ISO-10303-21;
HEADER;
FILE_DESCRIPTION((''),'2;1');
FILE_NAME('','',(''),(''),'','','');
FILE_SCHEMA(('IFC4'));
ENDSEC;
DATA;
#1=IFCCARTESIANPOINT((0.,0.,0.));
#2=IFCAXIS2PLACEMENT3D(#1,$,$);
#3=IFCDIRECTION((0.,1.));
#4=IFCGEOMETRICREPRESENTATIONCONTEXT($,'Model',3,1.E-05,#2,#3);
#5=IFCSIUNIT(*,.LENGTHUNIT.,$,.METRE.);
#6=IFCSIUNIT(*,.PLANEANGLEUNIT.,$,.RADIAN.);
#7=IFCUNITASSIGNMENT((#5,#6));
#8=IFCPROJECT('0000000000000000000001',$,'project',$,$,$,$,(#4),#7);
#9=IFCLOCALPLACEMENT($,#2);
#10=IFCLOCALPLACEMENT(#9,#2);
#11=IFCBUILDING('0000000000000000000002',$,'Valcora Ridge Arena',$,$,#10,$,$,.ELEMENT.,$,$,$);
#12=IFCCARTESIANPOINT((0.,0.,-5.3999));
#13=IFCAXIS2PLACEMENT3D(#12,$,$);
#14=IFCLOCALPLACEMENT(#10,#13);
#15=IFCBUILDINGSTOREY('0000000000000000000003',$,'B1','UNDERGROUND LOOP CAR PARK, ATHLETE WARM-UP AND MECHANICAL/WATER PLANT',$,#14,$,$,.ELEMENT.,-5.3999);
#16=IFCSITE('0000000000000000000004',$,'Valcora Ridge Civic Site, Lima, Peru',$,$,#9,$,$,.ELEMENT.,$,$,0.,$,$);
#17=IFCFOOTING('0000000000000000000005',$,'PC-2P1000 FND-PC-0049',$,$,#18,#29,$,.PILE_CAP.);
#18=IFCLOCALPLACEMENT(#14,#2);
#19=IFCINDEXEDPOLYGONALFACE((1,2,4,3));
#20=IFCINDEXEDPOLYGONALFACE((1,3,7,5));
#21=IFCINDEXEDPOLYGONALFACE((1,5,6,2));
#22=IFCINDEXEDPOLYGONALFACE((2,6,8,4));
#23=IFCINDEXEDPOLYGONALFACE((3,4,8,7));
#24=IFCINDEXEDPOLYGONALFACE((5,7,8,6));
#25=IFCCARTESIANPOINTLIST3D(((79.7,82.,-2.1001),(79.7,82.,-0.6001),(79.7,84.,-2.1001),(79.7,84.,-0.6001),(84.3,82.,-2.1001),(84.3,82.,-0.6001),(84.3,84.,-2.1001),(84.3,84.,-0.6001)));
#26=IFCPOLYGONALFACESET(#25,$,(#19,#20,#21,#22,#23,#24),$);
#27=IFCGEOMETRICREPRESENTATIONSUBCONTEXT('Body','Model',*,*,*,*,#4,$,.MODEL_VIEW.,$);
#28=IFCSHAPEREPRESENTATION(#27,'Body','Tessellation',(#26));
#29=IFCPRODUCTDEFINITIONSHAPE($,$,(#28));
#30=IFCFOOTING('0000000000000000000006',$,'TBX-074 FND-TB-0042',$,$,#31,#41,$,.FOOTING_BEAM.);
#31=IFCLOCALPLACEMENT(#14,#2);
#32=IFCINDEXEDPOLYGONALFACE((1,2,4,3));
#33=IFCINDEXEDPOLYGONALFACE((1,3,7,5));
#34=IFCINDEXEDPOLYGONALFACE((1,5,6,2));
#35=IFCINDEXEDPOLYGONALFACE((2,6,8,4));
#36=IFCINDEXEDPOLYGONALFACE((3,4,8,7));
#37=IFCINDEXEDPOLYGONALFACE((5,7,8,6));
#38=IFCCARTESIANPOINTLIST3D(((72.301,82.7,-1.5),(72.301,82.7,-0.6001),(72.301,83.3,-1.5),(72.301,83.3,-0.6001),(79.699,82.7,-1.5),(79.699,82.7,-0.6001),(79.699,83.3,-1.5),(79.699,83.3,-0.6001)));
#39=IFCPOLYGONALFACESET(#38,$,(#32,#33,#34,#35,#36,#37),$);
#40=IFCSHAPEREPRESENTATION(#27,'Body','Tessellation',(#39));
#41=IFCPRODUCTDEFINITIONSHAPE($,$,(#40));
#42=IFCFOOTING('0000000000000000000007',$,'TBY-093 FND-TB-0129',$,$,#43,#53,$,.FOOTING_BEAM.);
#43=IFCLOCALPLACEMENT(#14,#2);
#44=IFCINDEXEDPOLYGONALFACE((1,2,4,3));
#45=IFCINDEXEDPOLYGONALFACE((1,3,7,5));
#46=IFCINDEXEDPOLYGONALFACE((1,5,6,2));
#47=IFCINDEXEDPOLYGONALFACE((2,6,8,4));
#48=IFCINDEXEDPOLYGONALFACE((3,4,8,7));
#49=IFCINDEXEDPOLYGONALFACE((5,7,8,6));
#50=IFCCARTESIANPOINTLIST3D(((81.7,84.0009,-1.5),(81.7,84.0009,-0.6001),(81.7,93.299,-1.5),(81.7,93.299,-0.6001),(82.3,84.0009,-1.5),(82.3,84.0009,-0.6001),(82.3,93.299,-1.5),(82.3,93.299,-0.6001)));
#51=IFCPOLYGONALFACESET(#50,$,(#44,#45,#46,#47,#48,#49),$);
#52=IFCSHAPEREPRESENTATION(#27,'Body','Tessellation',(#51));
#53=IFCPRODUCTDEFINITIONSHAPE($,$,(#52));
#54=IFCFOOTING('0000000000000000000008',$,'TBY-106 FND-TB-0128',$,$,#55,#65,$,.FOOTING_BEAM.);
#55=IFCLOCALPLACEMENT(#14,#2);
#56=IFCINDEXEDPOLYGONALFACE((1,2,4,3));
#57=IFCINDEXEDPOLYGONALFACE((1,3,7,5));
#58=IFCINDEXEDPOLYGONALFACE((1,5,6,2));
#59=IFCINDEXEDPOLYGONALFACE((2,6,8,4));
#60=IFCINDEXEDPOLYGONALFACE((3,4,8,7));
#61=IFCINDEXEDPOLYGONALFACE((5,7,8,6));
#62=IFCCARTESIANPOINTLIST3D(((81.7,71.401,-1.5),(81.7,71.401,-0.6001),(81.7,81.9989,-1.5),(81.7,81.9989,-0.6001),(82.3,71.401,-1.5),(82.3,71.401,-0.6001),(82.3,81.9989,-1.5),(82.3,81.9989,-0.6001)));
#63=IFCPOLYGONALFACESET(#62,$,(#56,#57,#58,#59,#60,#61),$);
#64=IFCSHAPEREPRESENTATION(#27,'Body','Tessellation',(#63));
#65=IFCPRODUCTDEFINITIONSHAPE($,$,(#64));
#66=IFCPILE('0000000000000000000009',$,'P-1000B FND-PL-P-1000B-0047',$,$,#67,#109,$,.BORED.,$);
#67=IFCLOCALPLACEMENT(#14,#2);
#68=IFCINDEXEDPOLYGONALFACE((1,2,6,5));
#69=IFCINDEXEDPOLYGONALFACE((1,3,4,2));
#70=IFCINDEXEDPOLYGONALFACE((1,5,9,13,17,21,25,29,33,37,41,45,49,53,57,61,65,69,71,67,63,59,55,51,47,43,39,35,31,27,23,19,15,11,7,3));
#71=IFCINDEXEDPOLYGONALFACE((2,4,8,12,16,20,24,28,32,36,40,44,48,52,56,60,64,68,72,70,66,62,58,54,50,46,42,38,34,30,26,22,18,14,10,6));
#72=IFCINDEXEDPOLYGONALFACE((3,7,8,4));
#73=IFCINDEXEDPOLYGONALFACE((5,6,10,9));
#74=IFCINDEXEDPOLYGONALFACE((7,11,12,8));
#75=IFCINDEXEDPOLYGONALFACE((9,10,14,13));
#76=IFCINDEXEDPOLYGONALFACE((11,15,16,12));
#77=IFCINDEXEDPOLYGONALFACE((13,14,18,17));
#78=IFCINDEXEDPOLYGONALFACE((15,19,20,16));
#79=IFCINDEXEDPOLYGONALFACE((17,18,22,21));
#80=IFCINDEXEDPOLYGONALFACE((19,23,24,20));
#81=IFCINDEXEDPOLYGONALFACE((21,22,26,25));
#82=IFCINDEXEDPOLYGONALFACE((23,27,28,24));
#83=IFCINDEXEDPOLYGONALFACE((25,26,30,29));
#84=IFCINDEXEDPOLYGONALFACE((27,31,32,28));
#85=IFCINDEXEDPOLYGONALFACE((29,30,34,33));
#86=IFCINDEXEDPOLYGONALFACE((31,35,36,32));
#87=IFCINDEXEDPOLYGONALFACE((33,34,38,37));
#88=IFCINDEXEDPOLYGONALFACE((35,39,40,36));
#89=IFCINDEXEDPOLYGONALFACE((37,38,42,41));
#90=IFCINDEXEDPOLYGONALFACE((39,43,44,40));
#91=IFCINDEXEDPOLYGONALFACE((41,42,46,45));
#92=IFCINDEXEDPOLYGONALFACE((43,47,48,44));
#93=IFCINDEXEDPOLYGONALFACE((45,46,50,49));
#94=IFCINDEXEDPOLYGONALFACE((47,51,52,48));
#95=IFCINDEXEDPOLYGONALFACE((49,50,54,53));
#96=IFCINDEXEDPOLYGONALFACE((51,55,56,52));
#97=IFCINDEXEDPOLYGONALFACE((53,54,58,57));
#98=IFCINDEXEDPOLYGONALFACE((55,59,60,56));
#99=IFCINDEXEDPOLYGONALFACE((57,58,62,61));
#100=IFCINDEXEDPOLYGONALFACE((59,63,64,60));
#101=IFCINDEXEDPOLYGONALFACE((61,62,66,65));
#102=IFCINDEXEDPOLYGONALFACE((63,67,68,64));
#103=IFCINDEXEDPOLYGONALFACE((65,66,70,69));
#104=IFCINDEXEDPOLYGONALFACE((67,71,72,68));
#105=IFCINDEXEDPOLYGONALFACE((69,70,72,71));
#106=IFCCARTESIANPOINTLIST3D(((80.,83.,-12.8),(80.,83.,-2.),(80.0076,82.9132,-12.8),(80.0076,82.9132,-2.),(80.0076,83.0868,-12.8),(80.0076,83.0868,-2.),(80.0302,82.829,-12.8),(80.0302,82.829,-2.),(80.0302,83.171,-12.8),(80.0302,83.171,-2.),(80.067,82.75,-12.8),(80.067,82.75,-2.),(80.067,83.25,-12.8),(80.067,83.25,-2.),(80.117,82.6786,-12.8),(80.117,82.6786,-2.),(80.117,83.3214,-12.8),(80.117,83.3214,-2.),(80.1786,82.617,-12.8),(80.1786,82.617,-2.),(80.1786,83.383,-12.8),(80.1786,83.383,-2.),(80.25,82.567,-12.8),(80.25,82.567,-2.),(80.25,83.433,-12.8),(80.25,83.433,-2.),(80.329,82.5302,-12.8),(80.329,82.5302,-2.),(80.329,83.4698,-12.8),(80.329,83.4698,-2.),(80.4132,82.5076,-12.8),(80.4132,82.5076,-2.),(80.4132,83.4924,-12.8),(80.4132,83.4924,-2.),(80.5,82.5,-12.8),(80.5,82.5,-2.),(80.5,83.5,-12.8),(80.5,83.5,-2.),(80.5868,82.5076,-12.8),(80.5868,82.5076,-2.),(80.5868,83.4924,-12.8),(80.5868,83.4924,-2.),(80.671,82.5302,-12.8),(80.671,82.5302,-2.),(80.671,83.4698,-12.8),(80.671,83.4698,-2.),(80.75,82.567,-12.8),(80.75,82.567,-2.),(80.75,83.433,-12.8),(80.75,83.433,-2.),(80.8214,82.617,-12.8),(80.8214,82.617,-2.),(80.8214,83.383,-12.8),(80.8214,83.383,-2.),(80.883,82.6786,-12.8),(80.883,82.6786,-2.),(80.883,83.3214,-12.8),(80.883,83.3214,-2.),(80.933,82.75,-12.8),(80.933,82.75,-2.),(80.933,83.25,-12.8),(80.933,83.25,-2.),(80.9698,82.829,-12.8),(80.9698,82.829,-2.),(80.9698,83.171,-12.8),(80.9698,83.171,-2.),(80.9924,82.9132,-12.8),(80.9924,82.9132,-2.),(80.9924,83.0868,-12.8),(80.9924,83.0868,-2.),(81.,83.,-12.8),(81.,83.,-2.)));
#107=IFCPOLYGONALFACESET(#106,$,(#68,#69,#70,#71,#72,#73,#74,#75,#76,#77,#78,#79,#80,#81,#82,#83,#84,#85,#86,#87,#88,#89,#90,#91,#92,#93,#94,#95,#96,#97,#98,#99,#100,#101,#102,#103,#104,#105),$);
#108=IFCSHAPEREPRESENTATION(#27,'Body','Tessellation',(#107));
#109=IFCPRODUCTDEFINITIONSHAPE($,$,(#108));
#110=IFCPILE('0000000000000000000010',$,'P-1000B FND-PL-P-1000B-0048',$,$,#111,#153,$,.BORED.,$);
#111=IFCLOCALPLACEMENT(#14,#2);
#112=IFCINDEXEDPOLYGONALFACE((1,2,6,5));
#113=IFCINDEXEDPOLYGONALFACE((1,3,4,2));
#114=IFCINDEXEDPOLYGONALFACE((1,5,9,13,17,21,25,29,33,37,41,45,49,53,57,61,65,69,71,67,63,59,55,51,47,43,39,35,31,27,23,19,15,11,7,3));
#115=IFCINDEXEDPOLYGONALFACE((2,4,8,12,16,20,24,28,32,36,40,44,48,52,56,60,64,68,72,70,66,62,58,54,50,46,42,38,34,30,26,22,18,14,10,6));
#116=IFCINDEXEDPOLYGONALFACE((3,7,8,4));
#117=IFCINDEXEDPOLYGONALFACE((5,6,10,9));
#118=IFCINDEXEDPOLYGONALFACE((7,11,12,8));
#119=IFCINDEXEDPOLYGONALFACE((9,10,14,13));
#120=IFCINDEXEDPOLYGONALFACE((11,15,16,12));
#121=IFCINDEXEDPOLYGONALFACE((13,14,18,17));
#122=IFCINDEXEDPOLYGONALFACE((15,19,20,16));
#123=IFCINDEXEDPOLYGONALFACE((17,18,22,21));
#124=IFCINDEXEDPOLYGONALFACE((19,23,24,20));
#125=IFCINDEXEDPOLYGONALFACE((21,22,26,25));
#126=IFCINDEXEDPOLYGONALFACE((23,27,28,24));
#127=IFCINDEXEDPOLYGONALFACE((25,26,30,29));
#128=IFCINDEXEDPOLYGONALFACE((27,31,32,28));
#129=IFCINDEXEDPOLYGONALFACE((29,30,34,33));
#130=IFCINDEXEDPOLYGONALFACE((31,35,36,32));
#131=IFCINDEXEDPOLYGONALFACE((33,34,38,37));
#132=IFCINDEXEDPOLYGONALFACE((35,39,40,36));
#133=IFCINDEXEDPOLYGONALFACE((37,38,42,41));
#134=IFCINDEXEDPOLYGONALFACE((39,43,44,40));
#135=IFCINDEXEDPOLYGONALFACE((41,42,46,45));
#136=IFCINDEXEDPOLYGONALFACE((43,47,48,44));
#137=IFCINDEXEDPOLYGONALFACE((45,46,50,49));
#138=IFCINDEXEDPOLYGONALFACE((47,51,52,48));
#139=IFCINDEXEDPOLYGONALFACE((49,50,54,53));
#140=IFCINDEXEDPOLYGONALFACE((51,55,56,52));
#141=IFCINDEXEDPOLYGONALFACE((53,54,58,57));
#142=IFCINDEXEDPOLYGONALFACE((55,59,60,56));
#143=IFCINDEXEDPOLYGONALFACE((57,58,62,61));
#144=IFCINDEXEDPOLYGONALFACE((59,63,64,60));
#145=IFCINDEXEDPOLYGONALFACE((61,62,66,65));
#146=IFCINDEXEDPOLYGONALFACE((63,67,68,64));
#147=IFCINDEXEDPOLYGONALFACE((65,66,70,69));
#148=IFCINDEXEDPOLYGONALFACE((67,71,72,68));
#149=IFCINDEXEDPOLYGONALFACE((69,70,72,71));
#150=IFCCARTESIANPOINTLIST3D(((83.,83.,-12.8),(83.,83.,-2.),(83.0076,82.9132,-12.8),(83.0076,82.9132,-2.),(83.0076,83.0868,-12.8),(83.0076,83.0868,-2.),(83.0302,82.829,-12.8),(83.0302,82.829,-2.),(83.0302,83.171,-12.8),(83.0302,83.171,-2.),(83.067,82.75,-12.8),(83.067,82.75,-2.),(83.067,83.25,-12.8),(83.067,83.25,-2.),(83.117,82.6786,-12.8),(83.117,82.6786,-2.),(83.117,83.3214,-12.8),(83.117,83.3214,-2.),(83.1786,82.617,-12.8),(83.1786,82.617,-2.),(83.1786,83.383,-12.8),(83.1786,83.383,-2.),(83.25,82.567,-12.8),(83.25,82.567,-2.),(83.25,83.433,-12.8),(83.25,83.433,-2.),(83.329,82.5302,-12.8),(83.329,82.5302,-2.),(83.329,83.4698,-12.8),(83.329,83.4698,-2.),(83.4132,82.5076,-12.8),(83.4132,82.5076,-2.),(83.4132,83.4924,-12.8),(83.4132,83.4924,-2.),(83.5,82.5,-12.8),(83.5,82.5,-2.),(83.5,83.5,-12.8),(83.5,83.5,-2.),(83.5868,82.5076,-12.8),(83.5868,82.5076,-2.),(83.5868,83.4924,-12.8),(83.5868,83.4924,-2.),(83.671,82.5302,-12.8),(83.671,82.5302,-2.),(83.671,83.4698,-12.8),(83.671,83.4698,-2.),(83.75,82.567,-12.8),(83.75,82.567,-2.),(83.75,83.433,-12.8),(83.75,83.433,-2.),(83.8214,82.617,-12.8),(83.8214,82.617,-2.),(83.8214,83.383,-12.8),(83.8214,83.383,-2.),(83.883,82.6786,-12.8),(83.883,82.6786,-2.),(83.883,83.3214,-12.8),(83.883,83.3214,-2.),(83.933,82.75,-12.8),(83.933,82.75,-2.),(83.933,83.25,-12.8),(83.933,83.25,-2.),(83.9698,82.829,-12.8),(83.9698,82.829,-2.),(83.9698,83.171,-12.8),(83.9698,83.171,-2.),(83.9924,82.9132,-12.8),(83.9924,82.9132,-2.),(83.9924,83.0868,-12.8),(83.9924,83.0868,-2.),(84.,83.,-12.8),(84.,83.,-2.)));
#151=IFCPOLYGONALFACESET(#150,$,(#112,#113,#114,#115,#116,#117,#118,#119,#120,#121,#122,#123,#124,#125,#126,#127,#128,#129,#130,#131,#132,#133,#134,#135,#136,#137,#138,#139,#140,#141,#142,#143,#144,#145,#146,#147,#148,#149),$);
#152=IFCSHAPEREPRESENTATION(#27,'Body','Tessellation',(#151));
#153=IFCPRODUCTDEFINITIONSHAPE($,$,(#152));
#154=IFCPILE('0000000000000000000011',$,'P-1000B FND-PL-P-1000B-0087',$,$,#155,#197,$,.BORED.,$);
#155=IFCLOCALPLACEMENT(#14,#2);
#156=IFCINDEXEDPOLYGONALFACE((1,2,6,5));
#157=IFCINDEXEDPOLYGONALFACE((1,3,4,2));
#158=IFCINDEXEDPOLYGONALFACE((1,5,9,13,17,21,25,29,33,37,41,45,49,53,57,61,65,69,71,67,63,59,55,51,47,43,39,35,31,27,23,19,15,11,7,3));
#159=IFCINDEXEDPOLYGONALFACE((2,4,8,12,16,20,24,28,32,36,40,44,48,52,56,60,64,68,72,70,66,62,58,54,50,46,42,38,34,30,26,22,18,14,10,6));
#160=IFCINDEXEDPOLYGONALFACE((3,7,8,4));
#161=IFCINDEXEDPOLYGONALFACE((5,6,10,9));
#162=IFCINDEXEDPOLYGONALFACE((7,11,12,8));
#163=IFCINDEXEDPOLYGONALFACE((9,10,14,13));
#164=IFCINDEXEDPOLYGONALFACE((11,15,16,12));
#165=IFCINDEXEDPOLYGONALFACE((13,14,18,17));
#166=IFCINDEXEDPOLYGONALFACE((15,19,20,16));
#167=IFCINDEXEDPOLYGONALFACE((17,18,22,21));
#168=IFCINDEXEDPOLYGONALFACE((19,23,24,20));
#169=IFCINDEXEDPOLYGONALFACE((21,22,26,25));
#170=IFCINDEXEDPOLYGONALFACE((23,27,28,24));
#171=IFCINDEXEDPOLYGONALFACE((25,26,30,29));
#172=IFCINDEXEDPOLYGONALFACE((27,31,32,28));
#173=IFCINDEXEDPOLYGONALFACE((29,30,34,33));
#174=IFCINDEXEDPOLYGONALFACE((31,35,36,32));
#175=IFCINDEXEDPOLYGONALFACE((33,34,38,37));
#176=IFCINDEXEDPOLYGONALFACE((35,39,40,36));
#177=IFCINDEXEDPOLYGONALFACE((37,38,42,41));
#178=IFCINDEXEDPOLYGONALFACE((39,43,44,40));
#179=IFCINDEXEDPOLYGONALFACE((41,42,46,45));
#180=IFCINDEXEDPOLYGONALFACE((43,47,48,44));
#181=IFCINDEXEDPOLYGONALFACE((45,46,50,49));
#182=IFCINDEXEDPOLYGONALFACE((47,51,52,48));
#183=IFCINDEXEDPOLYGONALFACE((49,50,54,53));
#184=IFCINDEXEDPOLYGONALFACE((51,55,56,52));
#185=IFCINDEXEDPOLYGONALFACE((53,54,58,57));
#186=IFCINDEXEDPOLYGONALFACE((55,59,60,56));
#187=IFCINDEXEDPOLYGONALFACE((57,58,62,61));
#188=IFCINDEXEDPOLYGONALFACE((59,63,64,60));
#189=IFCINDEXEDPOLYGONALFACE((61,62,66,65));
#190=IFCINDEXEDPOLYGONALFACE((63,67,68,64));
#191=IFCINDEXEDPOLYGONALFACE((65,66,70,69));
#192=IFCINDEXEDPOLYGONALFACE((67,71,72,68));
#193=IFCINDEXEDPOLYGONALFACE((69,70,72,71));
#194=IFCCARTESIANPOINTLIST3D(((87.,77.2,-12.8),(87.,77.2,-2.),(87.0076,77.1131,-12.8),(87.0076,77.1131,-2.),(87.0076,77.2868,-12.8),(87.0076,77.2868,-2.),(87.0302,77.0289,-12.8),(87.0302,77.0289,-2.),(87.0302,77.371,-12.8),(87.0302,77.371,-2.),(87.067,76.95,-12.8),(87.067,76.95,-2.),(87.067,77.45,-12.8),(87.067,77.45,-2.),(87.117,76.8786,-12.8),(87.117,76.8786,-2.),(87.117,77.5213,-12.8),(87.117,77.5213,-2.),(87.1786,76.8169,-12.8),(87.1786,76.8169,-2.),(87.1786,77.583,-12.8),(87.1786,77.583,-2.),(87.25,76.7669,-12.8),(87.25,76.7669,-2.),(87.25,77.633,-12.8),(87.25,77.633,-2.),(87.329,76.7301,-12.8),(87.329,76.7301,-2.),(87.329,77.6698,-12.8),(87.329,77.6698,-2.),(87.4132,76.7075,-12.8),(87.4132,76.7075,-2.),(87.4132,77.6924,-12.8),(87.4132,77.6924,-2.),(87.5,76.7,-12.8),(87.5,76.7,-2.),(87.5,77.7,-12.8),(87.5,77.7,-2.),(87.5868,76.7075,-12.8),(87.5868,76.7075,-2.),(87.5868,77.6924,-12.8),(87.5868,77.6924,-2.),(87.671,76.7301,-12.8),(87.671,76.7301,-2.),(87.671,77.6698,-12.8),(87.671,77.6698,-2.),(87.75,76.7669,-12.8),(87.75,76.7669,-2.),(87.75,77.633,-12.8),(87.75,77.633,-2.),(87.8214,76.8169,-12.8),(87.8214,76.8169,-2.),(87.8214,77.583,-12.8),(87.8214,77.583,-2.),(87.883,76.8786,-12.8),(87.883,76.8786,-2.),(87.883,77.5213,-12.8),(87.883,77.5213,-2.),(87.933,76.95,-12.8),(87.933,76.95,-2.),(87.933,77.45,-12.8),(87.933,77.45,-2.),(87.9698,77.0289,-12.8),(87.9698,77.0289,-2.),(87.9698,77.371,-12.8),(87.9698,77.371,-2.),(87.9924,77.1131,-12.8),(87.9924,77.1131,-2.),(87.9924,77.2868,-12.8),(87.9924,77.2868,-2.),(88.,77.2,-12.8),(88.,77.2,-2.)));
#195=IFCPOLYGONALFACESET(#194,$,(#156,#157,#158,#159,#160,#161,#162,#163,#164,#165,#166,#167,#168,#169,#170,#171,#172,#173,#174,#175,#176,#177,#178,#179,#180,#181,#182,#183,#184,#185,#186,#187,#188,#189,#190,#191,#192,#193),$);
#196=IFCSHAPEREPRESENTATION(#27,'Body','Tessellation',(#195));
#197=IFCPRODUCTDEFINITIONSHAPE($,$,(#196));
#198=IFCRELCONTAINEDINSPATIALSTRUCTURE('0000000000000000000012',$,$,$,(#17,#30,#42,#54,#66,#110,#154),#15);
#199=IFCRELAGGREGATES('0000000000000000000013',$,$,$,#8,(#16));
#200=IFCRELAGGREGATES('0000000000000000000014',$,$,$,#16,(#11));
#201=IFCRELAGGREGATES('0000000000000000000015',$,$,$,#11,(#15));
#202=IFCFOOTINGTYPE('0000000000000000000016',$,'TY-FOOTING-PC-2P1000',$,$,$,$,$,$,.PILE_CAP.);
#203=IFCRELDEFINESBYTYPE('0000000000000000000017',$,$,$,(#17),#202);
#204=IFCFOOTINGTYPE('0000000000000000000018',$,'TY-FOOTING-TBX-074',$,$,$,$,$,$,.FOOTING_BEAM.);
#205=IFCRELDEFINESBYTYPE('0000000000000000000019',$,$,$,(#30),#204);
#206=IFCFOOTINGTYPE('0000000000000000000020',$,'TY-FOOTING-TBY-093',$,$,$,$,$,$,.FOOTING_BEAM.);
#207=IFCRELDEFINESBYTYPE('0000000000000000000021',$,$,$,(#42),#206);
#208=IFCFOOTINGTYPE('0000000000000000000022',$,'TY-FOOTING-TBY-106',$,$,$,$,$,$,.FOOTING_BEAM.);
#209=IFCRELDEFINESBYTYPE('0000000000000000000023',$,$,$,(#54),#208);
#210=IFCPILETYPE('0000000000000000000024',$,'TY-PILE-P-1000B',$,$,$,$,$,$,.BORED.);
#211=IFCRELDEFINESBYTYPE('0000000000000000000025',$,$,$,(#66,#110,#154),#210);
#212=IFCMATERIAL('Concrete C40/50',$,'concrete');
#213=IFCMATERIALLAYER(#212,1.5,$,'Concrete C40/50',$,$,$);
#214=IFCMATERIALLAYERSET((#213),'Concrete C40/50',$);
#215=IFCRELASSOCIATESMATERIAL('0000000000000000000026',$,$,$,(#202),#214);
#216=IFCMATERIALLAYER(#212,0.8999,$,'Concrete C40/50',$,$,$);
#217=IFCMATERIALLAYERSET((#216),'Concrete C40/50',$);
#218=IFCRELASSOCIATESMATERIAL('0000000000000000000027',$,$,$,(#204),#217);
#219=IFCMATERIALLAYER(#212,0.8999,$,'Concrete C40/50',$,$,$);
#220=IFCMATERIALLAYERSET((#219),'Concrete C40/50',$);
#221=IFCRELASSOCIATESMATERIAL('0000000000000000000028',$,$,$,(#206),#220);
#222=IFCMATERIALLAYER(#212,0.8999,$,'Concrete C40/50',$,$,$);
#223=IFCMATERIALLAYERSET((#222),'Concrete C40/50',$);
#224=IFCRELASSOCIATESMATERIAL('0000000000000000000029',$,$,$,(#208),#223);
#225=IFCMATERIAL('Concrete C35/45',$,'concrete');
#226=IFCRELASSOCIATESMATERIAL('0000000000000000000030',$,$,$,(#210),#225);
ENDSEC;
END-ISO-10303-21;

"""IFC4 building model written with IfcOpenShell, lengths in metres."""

from ifc_helpers import new_model, si_unit, direction, frame, origin, origin_2d, place, context, subcontext, project, spatial, rectangle, circle, extrude, material, layer, layer_set, material_profile, profile_set, type_object, element, save


model = new_model("IFC4")

# Units and contexts
model_context = context("Model", 3, precision=1e-05, world=origin(), true_north=direction((0.0, 1.0)))
body_context = subcontext(model_context, "Body", "Model", "MODEL_VIEW")
ifc_project = project(units=[si_unit("LENGTHUNIT", "METRE"), si_unit("PLANEANGLEUNIT", "RADIAN")], contexts=[model_context])

# Site, building, storey
site_placement = place(None, origin())
site = spatial("IfcSite", under=ifc_project, at=site_placement, Name="Valcora Ridge Civic Site, Lima, Peru", CompositionType="ELEMENT", RefElevation=0.0)
building_placement = place(site_placement, origin())
building = spatial("IfcBuilding", under=site, at=building_placement, Name="Valcora Ridge Arena", CompositionType="ELEMENT")
storey_placement = place(building_placement, frame((0.0, 0.0, -5.3999)))
storey = spatial("IfcBuildingStorey", under=building, at=storey_placement, Name="B1", Description="UNDERGROUND LOOP CAR PARK, ATHLETE WARM-UP AND MECHANICAL/WATER PLANT", CompositionType="ELEMENT", Elevation=-5.3999)

# Footings
ifc_material_1 = material(Name="Concrete C40/50", Category="concrete")
ifc_layer_1 = layer(ifc_material_1, 1.5, Name="Concrete C40/50")
ifc_layer_set_1 = layer_set([ifc_layer_1], Name="Concrete C40/50")
footing_type_1 = type_object("IfcFootingType", Name="TY-FOOTING-PC-2P1000", PredefinedType="PILE_CAP", material=ifc_layer_set_1)
footing_1_placement = place(storey_placement, frame((82.0, 83.0, -2.1001), z_axis=(0.0, 0.0, 1.0), x_axis=(1.0, 0.0, 0.0)))
element("IfcFooting", 1, at=footing_1_placement, inside=storey, type_object=footing_type_1, Name="PC-2P1000 FND-PC-0049", PredefinedType="PILE_CAP", context=body_context, shape_type="SweptSolid", body=[
    extrude(rectangle(XDim=4.6001, YDim=2.0, at=origin_2d()), origin(), (0.0, 0.0, 1.0), 1.5),
])
ifc_layer_2 = layer(ifc_material_1, 0.8999, Name="Concrete C40/50")
ifc_layer_set_2 = layer_set([ifc_layer_2], Name="Concrete C40/50")
footing_type_2 = type_object("IfcFootingType", Name="TY-FOOTING-TBX-074", PredefinedType="FOOTING_BEAM", material=ifc_layer_set_2)
footing_2_placement = place(storey_placement, frame((76.0, 83.0, -1.5), z_axis=(0.0, 0.0, 1.0), x_axis=(1.0, 0.0, 0.0)))
element("IfcFooting", 2, at=footing_2_placement, inside=storey, type_object=footing_type_2, Name="TBX-074 FND-TB-0042", PredefinedType="FOOTING_BEAM", context=body_context, shape_type="SweptSolid", body=[
    extrude(rectangle(XDim=7.3979, YDim=0.6001, at=origin_2d()), origin(), (0.0, 0.0, 1.0), 0.8999),
])
ifc_layer_3 = layer(ifc_material_1, 0.8999, Name="Concrete C40/50")
ifc_layer_set_3 = layer_set([ifc_layer_3], Name="Concrete C40/50")
footing_type_3 = type_object("IfcFootingType", Name="TY-FOOTING-TBY-093", PredefinedType="FOOTING_BEAM", material=ifc_layer_set_3)
footing_3_placement = place(storey_placement, frame((82.0, 88.6499, -1.5), z_axis=(0.0, 0.0, 1.0), x_axis=(1.0, 0.0, 0.0)))
element("IfcFooting", 3, at=footing_3_placement, inside=storey, type_object=footing_type_3, Name="TBY-093 FND-TB-0129", PredefinedType="FOOTING_BEAM", context=body_context, shape_type="SweptSolid", body=[
    extrude(rectangle(XDim=0.6001, YDim=9.2981, at=origin_2d()), origin(), (0.0, 0.0, 1.0), 0.8999),
])
ifc_layer_4 = layer(ifc_material_1, 0.8999, Name="Concrete C40/50")
ifc_layer_set_4 = layer_set([ifc_layer_4], Name="Concrete C40/50")
footing_type_4 = type_object("IfcFootingType", Name="TY-FOOTING-TBY-106", PredefinedType="FOOTING_BEAM", material=ifc_layer_set_4)
footing_4_placement = place(storey_placement, frame((82.0, 76.7, -1.5), z_axis=(0.0, 0.0, 1.0), x_axis=(1.0, 0.0, 0.0)))
element("IfcFooting", 4, at=footing_4_placement, inside=storey, type_object=footing_type_4, Name="TBY-106 FND-TB-0128", PredefinedType="FOOTING_BEAM", context=body_context, shape_type="SweptSolid", body=[
    extrude(rectangle(XDim=0.6001, YDim=10.5979, at=origin_2d()), origin(), (0.0, 0.0, 1.0), 0.8999),
])

# Piles
ifc_material_2 = material(Name="Concrete C35/45", Category="concrete")
ifc_material_profile_1 = material_profile(ifc_material_2, circle(Radius=0.5, at=origin_2d()), Name="BORED PILE D1000")
ifc_profile_set_1 = profile_set([ifc_material_profile_1], Name="Concrete C35/45")
pile_type = type_object("IfcPileType", Name="TY-PILE-P-1000B", PredefinedType="BORED", material=ifc_profile_set_1)
for number, where, z_axis, x_axis, name in (
    (5, (80.5, 83.0, -2.0), (0.0, 0.0, -1.0), (1.0, 0.0, 0.0), "P-1000B FND-PL-P-1000B-0047"),
    (6, (83.5, 83.0, -2.0), (0.0, 0.0, -1.0), (1.0, 0.0, 0.0), "P-1000B FND-PL-P-1000B-0048"),
    (7, (87.5, 77.2, -2.0), (0.0, 0.0, -1.0), (1.0, 0.0, 0.0), "P-1000B FND-PL-P-1000B-0087"),
):
    element("IfcPile", number, at=place(storey_placement, frame(where, z_axis=z_axis, x_axis=x_axis)), inside=storey, type_object=pile_type, Name=name, PredefinedType="BORED", context=body_context, shape_type="SweptSolid", body=[
        extrude(circle(Radius=0.5, at=origin_2d()), origin(), (0.0, 0.0, 1.0), 10.8),
    ])

save(model, "model.ifc")
